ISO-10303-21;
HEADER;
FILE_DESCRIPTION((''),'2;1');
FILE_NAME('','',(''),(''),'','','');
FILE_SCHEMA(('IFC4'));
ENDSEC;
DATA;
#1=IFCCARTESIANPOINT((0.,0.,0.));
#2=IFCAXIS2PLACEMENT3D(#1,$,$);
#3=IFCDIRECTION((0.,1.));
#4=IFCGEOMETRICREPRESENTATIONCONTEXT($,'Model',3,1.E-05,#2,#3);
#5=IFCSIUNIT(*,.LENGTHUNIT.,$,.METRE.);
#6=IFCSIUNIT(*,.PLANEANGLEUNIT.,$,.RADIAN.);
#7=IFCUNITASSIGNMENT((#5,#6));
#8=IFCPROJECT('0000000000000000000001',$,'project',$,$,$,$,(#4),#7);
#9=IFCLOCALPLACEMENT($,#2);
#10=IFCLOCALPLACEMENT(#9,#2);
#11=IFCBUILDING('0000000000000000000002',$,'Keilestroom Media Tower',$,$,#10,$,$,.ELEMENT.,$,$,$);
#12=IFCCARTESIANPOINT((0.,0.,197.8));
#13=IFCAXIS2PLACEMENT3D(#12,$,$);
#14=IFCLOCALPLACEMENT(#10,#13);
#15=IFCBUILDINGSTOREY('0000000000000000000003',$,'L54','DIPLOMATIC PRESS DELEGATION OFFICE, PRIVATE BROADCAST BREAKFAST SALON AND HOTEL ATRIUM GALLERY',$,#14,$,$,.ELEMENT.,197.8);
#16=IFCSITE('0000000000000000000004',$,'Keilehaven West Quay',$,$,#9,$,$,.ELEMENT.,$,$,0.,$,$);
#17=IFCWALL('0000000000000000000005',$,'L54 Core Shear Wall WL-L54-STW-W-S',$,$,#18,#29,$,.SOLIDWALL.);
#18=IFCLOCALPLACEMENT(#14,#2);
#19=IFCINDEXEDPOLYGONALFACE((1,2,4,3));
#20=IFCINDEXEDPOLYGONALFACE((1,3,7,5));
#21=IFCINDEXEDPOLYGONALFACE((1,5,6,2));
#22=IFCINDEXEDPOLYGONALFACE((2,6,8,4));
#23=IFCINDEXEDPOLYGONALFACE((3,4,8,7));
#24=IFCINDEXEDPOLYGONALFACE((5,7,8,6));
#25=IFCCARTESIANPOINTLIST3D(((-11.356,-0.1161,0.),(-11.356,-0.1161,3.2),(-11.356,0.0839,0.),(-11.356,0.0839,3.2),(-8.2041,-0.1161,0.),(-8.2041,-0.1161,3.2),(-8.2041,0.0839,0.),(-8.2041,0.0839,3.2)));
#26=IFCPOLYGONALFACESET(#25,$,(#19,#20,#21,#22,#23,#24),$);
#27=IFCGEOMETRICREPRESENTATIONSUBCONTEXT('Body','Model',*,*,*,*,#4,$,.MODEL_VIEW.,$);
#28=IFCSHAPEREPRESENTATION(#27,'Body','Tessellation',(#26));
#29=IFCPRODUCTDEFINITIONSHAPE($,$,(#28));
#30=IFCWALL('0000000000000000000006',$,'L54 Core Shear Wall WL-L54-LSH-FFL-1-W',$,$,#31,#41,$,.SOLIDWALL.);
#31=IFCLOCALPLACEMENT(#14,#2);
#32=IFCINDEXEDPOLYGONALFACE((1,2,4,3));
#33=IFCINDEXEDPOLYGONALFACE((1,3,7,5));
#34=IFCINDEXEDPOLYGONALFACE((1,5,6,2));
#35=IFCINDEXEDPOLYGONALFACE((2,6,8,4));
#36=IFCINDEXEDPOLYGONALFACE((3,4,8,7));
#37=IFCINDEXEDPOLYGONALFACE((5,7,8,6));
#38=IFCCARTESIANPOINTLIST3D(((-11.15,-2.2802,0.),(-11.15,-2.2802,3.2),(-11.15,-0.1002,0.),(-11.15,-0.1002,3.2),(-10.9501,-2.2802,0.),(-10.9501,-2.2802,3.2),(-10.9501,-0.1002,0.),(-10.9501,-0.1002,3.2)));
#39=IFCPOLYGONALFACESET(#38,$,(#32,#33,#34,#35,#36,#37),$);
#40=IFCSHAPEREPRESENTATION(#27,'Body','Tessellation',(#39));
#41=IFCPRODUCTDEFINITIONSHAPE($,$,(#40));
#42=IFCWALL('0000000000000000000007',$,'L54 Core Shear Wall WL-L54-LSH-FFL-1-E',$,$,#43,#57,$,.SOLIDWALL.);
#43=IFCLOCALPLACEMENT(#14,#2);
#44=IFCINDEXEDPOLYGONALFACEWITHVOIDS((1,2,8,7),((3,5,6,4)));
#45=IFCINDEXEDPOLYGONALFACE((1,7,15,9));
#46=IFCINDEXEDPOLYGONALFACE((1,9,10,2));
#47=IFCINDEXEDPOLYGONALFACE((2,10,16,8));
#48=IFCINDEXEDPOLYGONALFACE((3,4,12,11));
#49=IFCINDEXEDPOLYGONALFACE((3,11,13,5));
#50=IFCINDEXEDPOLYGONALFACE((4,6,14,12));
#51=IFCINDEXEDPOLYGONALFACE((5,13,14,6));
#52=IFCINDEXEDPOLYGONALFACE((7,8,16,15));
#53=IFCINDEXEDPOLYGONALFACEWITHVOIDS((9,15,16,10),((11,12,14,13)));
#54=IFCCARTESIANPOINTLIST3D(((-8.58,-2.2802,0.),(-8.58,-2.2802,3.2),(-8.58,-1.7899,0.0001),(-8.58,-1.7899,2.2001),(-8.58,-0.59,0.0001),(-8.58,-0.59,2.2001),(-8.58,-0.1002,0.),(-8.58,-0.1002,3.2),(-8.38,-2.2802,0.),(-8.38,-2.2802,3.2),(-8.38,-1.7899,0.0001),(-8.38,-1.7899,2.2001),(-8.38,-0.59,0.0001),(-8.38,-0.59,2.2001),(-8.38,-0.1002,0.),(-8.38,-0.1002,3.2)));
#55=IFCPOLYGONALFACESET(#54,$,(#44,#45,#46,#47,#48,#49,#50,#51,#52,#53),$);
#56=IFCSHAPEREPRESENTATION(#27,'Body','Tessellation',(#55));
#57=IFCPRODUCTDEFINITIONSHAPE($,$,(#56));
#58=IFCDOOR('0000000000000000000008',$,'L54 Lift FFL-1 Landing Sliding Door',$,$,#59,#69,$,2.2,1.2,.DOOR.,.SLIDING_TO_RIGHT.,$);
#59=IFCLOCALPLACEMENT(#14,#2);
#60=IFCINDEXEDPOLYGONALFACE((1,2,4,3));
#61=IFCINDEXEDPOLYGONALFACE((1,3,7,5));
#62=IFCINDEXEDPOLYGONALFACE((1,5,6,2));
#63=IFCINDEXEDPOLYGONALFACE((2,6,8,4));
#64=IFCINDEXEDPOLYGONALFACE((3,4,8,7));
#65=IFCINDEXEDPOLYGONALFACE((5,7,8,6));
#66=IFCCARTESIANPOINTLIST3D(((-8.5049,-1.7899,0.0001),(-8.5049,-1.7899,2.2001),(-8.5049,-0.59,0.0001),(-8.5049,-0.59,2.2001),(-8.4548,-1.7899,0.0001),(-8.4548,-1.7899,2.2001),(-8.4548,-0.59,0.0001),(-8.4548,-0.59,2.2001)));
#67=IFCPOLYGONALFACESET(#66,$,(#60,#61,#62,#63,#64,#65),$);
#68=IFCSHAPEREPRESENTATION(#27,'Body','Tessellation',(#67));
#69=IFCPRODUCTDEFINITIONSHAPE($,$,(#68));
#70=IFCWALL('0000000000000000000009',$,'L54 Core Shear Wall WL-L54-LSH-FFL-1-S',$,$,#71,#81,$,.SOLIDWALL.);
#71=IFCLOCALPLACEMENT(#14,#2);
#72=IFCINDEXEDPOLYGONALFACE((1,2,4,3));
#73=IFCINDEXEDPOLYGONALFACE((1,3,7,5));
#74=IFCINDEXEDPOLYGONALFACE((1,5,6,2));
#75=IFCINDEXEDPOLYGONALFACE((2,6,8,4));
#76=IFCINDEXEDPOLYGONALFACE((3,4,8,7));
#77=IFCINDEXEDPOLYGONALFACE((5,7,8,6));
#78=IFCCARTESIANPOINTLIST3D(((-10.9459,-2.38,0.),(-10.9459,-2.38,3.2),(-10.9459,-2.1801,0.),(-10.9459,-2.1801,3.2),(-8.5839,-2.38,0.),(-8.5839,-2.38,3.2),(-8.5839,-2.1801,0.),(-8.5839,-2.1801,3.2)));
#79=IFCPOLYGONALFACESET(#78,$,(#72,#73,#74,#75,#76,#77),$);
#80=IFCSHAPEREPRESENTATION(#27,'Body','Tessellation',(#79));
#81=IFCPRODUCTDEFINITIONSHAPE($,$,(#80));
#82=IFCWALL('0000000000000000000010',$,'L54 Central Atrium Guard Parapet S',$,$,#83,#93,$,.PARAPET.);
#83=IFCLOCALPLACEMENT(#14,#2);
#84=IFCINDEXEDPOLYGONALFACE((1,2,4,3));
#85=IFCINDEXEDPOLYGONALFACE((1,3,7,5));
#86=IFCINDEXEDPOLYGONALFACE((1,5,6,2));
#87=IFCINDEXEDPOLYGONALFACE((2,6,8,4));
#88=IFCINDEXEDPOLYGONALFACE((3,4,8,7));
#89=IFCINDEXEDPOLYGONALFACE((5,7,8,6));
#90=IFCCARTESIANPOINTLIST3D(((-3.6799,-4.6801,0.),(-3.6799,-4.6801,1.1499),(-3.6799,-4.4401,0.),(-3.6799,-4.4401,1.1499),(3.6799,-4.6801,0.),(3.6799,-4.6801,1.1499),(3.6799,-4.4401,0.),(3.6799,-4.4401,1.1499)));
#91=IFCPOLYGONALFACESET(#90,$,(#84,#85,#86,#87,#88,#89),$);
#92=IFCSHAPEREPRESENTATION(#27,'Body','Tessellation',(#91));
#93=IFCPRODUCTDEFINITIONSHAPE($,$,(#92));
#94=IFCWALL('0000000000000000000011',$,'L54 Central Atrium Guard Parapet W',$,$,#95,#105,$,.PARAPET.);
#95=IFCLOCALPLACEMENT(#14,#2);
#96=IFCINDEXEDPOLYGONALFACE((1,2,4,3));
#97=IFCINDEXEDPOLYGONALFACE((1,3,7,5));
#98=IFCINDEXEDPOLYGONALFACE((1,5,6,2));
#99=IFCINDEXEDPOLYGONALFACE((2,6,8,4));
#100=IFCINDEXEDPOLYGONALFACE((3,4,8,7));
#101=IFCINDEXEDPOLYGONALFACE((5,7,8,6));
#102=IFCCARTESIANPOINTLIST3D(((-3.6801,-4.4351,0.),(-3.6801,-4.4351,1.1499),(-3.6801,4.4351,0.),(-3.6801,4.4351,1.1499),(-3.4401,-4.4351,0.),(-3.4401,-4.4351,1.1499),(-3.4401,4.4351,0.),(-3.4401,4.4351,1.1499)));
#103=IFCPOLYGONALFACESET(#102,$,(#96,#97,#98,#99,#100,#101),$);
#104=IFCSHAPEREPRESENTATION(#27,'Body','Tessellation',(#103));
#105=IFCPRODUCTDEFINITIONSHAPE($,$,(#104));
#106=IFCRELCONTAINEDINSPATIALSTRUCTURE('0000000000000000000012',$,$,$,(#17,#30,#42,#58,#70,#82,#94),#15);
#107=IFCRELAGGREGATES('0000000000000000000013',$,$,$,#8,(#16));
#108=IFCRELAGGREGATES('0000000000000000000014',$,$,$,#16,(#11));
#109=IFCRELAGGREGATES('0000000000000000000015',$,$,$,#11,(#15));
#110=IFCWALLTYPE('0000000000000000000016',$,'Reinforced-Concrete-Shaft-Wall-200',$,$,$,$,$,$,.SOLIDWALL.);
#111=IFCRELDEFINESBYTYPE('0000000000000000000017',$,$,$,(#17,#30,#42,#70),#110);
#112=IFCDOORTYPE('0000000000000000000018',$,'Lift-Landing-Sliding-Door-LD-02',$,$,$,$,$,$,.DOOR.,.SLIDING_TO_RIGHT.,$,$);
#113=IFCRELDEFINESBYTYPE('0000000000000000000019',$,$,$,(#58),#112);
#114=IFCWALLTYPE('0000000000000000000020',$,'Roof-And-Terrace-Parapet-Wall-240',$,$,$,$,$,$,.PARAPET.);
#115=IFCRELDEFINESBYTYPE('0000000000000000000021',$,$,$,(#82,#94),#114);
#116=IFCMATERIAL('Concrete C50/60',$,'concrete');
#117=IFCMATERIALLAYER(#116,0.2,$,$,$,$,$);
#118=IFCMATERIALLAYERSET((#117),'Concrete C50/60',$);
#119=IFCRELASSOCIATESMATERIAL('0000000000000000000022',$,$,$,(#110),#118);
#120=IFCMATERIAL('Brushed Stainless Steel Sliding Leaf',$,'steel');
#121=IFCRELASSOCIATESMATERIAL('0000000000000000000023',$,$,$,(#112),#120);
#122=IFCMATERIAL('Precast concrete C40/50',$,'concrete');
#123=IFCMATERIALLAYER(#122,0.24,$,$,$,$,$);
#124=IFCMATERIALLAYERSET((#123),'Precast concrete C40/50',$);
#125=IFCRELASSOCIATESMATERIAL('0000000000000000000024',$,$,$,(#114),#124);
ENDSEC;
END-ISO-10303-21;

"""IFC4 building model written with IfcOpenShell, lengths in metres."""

from ifc_helpers import new_model, si_unit, direction, frame, frame_2d, origin, place, context, subcontext, project, spatial, rectangle, extrude, source, transform, mapped, material, layer, layer_set, type_object, element, fill, save


model = new_model("IFC4")

# Units and contexts
model_context = context("Model", 3, precision=1e-05, world=origin(), true_north=direction((0.0, 1.0)))
body_context = subcontext(model_context, "Body", "Model", "MODEL_VIEW")
ifc_project = project(units=[si_unit("LENGTHUNIT", "METRE"), si_unit("PLANEANGLEUNIT", "RADIAN")], contexts=[model_context])

# Site, building, storey
site_placement = place(None, origin())
site = spatial("IfcSite", under=ifc_project, at=site_placement, Name="Keilehaven West Quay", CompositionType="ELEMENT", RefElevation=0.0)
building_placement = place(site_placement, origin())
building = spatial("IfcBuilding", under=site, at=building_placement, Name="Keilestroom Media Tower", CompositionType="ELEMENT")
storey_placement = place(building_placement, frame((0.0, 0.0, 197.8)))
storey = spatial("IfcBuildingStorey", under=building, at=storey_placement, Name="L54", Description="DIPLOMATIC PRESS DELEGATION OFFICE, PRIVATE BROADCAST BREAKFAST SALON AND HOTEL ATRIUM GALLERY", CompositionType="ELEMENT", Elevation=197.8)

# Shared definitions
shared_shape_1 = source(origin(), body_context, "Body", "SweptSolid", [
    extrude(rectangle(XDim=1.2, YDim=2.2, at=frame_2d((0.6001, 1.1001))), frame((0.0, 0.0249, 0.0), z_axis=(0.0, -1.0, 0.0), x_axis=(1.0, 0.0, 0.0)), (0.0, 0.0, 1.0), 0.05),
])

# Shared definitions
ifc_material_1 = material(Name="Concrete C50/60", Category="concrete")
ifc_layer_1 = layer(ifc_material_1, 0.2)
ifc_layer_set_1 = layer_set([ifc_layer_1], Name="Concrete C50/60")
wall_type_1 = type_object("IfcWallType", Name="Reinforced-Concrete-Shaft-Wall-200", PredefinedType="SOLIDWALL", material=ifc_layer_set_1)

# Walls
wall_1_placement = place(storey_placement, frame((-11.356, -0.0161, 0.0), z_axis=(0.0, 0.0, 1.0), x_axis=(1.0, 0.0, 0.0)))
element("IfcWall", 1, at=wall_1_placement, inside=storey, type_object=wall_type_1, Name="L54 Core Shear Wall WL-L54-STW-W-S", PredefinedType="SOLIDWALL", context=body_context, shape_type="SweptSolid", body=[
    extrude(rectangle(XDim=3.1519, YDim=0.2, at=frame_2d((1.5759, 0.0))), origin(), (0.0, 0.0, 1.0), 3.2),
])
wall_2_placement = place(storey_placement, frame((-11.05, -2.28, 0.0), z_axis=(0.0, 0.0, 1.0), x_axis=(0.0, 1.0, 0.0)))
element("IfcWall", 2, at=wall_2_placement, inside=storey, type_object=wall_type_1, Name="L54 Core Shear Wall WL-L54-LSH-FFL-1-W", PredefinedType="SOLIDWALL", context=body_context, shape_type="SweptSolid", body=[
    extrude(rectangle(XDim=2.1799, YDim=0.2, at=frame_2d((1.0898, 0.0))), origin(), (0.0, 0.0, 1.0), 3.2),
])

# Wall, opening, door
wall_3_placement = place(storey_placement, frame((-8.48, -2.28, 0.0), z_axis=(0.0, 0.0, 1.0), x_axis=(0.0, 1.0, 0.0)))
wall_3 = element("IfcWall", 3, at=wall_3_placement, inside=storey, type_object=wall_type_1, Name="L54 Core Shear Wall WL-L54-LSH-FFL-1-E", PredefinedType="SOLIDWALL", context=body_context, shape_type="SweptSolid", body=[
    extrude(rectangle(XDim=2.1799, YDim=0.2, at=frame_2d((1.0898, 0.0))), origin(), (0.0, 0.0, 1.0), 3.2),
])
opening_1_placement = place(wall_3_placement, frame((0.49, 0.0, 0.0)))
opening_1 = element("IfcOpeningElement", 4, at=opening_1_placement, cuts=wall_3, PredefinedType="OPENING", context=body_context, shape_type="SweptSolid", body=[
    extrude(rectangle(XDim=1.2, YDim=2.2, at=frame_2d((0.6001, 1.1001))), frame((0.0, 0.1099, 0.0), z_axis=(0.0, -1.0, 0.0), x_axis=(1.0, 0.0, 0.0)), (0.0, 0.0, 1.0), 0.22),
])
ifc_material_2 = material(Name="Brushed Stainless Steel Sliding Leaf", Category="steel")
door_type_1 = type_object("IfcDoorType", Name="Lift-Landing-Sliding-Door-LD-02", OperationType="SLIDING_TO_RIGHT", PredefinedType="DOOR", material=ifc_material_2)
door_1_placement = place(opening_1_placement, origin())
door_1 = element("IfcDoor", 5, at=door_1_placement, inside=storey, type_object=door_type_1, Name="L54 Lift FFL-1 Landing Sliding Door", OperationType="SLIDING_TO_RIGHT", OverallHeight=2.2, OverallWidth=1.2, PredefinedType="DOOR", context=body_context, shape_type="MappedRepresentation", body=[
    mapped(shared_shape_1, transform((0.0, 0.0, 0.0), x_axis=(1.0, 0.0, 0.0), y_axis=(0.0, 1.0, 0.0), z_axis=(0.0, 0.0, 1.0), scale=1.0)),
])
fill(opening_1, door_1)

# Walls
wall_4_placement = place(storey_placement, frame((-10.946, -2.28, 0.0), z_axis=(0.0, 0.0, 1.0), x_axis=(1.0, 0.0, 0.0)))
element("IfcWall", 6, at=wall_4_placement, inside=storey, type_object=wall_type_1, Name="L54 Core Shear Wall WL-L54-LSH-FFL-1-S", PredefinedType="SOLIDWALL", context=body_context, shape_type="SweptSolid", body=[
    extrude(rectangle(XDim=2.3621, YDim=0.2, at=frame_2d((1.1812, 0.0))), origin(), (0.0, 0.0, 1.0), 3.2),
])
ifc_material_3 = material(Name="Precast concrete C40/50", Category="concrete")
ifc_layer_2 = layer(ifc_material_3, 0.24)
ifc_layer_set_2 = layer_set([ifc_layer_2], Name="Precast concrete C40/50")
wall_type_2 = type_object("IfcWallType", Name="Roof-And-Terrace-Parapet-Wall-240", PredefinedType="PARAPET", material=ifc_layer_set_2)
wall_5_placement = place(storey_placement, frame((-3.6799, -4.5601, 0.0), z_axis=(0.0, 0.0, 1.0), x_axis=(1.0, 0.0, 0.0)))
element("IfcWall", 7, at=wall_5_placement, inside=storey, type_object=wall_type_2, Name="L54 Central Atrium Guard Parapet S", PredefinedType="PARAPET", context=body_context, shape_type="SweptSolid", body=[
    extrude(rectangle(XDim=7.3599, YDim=0.24, at=frame_2d((3.6799, 0.0))), origin(), (0.0, 0.0, 1.0), 1.1499),
])
wall_6_placement = place(storey_placement, frame((-3.5601, -4.4351, 0.0), z_axis=(0.0, 0.0, 1.0), x_axis=(0.0, 1.0, 0.0)))
element("IfcWall", 8, at=wall_6_placement, inside=storey, type_object=wall_type_2, Name="L54 Central Atrium Guard Parapet W", PredefinedType="PARAPET", context=body_context, shape_type="SweptSolid", body=[
    extrude(rectangle(XDim=8.8701, YDim=0.24, at=frame_2d((4.4351, 0.0))), origin(), (0.0, 0.0, 1.0), 1.1499),
])

save(model, "model.ifc")
